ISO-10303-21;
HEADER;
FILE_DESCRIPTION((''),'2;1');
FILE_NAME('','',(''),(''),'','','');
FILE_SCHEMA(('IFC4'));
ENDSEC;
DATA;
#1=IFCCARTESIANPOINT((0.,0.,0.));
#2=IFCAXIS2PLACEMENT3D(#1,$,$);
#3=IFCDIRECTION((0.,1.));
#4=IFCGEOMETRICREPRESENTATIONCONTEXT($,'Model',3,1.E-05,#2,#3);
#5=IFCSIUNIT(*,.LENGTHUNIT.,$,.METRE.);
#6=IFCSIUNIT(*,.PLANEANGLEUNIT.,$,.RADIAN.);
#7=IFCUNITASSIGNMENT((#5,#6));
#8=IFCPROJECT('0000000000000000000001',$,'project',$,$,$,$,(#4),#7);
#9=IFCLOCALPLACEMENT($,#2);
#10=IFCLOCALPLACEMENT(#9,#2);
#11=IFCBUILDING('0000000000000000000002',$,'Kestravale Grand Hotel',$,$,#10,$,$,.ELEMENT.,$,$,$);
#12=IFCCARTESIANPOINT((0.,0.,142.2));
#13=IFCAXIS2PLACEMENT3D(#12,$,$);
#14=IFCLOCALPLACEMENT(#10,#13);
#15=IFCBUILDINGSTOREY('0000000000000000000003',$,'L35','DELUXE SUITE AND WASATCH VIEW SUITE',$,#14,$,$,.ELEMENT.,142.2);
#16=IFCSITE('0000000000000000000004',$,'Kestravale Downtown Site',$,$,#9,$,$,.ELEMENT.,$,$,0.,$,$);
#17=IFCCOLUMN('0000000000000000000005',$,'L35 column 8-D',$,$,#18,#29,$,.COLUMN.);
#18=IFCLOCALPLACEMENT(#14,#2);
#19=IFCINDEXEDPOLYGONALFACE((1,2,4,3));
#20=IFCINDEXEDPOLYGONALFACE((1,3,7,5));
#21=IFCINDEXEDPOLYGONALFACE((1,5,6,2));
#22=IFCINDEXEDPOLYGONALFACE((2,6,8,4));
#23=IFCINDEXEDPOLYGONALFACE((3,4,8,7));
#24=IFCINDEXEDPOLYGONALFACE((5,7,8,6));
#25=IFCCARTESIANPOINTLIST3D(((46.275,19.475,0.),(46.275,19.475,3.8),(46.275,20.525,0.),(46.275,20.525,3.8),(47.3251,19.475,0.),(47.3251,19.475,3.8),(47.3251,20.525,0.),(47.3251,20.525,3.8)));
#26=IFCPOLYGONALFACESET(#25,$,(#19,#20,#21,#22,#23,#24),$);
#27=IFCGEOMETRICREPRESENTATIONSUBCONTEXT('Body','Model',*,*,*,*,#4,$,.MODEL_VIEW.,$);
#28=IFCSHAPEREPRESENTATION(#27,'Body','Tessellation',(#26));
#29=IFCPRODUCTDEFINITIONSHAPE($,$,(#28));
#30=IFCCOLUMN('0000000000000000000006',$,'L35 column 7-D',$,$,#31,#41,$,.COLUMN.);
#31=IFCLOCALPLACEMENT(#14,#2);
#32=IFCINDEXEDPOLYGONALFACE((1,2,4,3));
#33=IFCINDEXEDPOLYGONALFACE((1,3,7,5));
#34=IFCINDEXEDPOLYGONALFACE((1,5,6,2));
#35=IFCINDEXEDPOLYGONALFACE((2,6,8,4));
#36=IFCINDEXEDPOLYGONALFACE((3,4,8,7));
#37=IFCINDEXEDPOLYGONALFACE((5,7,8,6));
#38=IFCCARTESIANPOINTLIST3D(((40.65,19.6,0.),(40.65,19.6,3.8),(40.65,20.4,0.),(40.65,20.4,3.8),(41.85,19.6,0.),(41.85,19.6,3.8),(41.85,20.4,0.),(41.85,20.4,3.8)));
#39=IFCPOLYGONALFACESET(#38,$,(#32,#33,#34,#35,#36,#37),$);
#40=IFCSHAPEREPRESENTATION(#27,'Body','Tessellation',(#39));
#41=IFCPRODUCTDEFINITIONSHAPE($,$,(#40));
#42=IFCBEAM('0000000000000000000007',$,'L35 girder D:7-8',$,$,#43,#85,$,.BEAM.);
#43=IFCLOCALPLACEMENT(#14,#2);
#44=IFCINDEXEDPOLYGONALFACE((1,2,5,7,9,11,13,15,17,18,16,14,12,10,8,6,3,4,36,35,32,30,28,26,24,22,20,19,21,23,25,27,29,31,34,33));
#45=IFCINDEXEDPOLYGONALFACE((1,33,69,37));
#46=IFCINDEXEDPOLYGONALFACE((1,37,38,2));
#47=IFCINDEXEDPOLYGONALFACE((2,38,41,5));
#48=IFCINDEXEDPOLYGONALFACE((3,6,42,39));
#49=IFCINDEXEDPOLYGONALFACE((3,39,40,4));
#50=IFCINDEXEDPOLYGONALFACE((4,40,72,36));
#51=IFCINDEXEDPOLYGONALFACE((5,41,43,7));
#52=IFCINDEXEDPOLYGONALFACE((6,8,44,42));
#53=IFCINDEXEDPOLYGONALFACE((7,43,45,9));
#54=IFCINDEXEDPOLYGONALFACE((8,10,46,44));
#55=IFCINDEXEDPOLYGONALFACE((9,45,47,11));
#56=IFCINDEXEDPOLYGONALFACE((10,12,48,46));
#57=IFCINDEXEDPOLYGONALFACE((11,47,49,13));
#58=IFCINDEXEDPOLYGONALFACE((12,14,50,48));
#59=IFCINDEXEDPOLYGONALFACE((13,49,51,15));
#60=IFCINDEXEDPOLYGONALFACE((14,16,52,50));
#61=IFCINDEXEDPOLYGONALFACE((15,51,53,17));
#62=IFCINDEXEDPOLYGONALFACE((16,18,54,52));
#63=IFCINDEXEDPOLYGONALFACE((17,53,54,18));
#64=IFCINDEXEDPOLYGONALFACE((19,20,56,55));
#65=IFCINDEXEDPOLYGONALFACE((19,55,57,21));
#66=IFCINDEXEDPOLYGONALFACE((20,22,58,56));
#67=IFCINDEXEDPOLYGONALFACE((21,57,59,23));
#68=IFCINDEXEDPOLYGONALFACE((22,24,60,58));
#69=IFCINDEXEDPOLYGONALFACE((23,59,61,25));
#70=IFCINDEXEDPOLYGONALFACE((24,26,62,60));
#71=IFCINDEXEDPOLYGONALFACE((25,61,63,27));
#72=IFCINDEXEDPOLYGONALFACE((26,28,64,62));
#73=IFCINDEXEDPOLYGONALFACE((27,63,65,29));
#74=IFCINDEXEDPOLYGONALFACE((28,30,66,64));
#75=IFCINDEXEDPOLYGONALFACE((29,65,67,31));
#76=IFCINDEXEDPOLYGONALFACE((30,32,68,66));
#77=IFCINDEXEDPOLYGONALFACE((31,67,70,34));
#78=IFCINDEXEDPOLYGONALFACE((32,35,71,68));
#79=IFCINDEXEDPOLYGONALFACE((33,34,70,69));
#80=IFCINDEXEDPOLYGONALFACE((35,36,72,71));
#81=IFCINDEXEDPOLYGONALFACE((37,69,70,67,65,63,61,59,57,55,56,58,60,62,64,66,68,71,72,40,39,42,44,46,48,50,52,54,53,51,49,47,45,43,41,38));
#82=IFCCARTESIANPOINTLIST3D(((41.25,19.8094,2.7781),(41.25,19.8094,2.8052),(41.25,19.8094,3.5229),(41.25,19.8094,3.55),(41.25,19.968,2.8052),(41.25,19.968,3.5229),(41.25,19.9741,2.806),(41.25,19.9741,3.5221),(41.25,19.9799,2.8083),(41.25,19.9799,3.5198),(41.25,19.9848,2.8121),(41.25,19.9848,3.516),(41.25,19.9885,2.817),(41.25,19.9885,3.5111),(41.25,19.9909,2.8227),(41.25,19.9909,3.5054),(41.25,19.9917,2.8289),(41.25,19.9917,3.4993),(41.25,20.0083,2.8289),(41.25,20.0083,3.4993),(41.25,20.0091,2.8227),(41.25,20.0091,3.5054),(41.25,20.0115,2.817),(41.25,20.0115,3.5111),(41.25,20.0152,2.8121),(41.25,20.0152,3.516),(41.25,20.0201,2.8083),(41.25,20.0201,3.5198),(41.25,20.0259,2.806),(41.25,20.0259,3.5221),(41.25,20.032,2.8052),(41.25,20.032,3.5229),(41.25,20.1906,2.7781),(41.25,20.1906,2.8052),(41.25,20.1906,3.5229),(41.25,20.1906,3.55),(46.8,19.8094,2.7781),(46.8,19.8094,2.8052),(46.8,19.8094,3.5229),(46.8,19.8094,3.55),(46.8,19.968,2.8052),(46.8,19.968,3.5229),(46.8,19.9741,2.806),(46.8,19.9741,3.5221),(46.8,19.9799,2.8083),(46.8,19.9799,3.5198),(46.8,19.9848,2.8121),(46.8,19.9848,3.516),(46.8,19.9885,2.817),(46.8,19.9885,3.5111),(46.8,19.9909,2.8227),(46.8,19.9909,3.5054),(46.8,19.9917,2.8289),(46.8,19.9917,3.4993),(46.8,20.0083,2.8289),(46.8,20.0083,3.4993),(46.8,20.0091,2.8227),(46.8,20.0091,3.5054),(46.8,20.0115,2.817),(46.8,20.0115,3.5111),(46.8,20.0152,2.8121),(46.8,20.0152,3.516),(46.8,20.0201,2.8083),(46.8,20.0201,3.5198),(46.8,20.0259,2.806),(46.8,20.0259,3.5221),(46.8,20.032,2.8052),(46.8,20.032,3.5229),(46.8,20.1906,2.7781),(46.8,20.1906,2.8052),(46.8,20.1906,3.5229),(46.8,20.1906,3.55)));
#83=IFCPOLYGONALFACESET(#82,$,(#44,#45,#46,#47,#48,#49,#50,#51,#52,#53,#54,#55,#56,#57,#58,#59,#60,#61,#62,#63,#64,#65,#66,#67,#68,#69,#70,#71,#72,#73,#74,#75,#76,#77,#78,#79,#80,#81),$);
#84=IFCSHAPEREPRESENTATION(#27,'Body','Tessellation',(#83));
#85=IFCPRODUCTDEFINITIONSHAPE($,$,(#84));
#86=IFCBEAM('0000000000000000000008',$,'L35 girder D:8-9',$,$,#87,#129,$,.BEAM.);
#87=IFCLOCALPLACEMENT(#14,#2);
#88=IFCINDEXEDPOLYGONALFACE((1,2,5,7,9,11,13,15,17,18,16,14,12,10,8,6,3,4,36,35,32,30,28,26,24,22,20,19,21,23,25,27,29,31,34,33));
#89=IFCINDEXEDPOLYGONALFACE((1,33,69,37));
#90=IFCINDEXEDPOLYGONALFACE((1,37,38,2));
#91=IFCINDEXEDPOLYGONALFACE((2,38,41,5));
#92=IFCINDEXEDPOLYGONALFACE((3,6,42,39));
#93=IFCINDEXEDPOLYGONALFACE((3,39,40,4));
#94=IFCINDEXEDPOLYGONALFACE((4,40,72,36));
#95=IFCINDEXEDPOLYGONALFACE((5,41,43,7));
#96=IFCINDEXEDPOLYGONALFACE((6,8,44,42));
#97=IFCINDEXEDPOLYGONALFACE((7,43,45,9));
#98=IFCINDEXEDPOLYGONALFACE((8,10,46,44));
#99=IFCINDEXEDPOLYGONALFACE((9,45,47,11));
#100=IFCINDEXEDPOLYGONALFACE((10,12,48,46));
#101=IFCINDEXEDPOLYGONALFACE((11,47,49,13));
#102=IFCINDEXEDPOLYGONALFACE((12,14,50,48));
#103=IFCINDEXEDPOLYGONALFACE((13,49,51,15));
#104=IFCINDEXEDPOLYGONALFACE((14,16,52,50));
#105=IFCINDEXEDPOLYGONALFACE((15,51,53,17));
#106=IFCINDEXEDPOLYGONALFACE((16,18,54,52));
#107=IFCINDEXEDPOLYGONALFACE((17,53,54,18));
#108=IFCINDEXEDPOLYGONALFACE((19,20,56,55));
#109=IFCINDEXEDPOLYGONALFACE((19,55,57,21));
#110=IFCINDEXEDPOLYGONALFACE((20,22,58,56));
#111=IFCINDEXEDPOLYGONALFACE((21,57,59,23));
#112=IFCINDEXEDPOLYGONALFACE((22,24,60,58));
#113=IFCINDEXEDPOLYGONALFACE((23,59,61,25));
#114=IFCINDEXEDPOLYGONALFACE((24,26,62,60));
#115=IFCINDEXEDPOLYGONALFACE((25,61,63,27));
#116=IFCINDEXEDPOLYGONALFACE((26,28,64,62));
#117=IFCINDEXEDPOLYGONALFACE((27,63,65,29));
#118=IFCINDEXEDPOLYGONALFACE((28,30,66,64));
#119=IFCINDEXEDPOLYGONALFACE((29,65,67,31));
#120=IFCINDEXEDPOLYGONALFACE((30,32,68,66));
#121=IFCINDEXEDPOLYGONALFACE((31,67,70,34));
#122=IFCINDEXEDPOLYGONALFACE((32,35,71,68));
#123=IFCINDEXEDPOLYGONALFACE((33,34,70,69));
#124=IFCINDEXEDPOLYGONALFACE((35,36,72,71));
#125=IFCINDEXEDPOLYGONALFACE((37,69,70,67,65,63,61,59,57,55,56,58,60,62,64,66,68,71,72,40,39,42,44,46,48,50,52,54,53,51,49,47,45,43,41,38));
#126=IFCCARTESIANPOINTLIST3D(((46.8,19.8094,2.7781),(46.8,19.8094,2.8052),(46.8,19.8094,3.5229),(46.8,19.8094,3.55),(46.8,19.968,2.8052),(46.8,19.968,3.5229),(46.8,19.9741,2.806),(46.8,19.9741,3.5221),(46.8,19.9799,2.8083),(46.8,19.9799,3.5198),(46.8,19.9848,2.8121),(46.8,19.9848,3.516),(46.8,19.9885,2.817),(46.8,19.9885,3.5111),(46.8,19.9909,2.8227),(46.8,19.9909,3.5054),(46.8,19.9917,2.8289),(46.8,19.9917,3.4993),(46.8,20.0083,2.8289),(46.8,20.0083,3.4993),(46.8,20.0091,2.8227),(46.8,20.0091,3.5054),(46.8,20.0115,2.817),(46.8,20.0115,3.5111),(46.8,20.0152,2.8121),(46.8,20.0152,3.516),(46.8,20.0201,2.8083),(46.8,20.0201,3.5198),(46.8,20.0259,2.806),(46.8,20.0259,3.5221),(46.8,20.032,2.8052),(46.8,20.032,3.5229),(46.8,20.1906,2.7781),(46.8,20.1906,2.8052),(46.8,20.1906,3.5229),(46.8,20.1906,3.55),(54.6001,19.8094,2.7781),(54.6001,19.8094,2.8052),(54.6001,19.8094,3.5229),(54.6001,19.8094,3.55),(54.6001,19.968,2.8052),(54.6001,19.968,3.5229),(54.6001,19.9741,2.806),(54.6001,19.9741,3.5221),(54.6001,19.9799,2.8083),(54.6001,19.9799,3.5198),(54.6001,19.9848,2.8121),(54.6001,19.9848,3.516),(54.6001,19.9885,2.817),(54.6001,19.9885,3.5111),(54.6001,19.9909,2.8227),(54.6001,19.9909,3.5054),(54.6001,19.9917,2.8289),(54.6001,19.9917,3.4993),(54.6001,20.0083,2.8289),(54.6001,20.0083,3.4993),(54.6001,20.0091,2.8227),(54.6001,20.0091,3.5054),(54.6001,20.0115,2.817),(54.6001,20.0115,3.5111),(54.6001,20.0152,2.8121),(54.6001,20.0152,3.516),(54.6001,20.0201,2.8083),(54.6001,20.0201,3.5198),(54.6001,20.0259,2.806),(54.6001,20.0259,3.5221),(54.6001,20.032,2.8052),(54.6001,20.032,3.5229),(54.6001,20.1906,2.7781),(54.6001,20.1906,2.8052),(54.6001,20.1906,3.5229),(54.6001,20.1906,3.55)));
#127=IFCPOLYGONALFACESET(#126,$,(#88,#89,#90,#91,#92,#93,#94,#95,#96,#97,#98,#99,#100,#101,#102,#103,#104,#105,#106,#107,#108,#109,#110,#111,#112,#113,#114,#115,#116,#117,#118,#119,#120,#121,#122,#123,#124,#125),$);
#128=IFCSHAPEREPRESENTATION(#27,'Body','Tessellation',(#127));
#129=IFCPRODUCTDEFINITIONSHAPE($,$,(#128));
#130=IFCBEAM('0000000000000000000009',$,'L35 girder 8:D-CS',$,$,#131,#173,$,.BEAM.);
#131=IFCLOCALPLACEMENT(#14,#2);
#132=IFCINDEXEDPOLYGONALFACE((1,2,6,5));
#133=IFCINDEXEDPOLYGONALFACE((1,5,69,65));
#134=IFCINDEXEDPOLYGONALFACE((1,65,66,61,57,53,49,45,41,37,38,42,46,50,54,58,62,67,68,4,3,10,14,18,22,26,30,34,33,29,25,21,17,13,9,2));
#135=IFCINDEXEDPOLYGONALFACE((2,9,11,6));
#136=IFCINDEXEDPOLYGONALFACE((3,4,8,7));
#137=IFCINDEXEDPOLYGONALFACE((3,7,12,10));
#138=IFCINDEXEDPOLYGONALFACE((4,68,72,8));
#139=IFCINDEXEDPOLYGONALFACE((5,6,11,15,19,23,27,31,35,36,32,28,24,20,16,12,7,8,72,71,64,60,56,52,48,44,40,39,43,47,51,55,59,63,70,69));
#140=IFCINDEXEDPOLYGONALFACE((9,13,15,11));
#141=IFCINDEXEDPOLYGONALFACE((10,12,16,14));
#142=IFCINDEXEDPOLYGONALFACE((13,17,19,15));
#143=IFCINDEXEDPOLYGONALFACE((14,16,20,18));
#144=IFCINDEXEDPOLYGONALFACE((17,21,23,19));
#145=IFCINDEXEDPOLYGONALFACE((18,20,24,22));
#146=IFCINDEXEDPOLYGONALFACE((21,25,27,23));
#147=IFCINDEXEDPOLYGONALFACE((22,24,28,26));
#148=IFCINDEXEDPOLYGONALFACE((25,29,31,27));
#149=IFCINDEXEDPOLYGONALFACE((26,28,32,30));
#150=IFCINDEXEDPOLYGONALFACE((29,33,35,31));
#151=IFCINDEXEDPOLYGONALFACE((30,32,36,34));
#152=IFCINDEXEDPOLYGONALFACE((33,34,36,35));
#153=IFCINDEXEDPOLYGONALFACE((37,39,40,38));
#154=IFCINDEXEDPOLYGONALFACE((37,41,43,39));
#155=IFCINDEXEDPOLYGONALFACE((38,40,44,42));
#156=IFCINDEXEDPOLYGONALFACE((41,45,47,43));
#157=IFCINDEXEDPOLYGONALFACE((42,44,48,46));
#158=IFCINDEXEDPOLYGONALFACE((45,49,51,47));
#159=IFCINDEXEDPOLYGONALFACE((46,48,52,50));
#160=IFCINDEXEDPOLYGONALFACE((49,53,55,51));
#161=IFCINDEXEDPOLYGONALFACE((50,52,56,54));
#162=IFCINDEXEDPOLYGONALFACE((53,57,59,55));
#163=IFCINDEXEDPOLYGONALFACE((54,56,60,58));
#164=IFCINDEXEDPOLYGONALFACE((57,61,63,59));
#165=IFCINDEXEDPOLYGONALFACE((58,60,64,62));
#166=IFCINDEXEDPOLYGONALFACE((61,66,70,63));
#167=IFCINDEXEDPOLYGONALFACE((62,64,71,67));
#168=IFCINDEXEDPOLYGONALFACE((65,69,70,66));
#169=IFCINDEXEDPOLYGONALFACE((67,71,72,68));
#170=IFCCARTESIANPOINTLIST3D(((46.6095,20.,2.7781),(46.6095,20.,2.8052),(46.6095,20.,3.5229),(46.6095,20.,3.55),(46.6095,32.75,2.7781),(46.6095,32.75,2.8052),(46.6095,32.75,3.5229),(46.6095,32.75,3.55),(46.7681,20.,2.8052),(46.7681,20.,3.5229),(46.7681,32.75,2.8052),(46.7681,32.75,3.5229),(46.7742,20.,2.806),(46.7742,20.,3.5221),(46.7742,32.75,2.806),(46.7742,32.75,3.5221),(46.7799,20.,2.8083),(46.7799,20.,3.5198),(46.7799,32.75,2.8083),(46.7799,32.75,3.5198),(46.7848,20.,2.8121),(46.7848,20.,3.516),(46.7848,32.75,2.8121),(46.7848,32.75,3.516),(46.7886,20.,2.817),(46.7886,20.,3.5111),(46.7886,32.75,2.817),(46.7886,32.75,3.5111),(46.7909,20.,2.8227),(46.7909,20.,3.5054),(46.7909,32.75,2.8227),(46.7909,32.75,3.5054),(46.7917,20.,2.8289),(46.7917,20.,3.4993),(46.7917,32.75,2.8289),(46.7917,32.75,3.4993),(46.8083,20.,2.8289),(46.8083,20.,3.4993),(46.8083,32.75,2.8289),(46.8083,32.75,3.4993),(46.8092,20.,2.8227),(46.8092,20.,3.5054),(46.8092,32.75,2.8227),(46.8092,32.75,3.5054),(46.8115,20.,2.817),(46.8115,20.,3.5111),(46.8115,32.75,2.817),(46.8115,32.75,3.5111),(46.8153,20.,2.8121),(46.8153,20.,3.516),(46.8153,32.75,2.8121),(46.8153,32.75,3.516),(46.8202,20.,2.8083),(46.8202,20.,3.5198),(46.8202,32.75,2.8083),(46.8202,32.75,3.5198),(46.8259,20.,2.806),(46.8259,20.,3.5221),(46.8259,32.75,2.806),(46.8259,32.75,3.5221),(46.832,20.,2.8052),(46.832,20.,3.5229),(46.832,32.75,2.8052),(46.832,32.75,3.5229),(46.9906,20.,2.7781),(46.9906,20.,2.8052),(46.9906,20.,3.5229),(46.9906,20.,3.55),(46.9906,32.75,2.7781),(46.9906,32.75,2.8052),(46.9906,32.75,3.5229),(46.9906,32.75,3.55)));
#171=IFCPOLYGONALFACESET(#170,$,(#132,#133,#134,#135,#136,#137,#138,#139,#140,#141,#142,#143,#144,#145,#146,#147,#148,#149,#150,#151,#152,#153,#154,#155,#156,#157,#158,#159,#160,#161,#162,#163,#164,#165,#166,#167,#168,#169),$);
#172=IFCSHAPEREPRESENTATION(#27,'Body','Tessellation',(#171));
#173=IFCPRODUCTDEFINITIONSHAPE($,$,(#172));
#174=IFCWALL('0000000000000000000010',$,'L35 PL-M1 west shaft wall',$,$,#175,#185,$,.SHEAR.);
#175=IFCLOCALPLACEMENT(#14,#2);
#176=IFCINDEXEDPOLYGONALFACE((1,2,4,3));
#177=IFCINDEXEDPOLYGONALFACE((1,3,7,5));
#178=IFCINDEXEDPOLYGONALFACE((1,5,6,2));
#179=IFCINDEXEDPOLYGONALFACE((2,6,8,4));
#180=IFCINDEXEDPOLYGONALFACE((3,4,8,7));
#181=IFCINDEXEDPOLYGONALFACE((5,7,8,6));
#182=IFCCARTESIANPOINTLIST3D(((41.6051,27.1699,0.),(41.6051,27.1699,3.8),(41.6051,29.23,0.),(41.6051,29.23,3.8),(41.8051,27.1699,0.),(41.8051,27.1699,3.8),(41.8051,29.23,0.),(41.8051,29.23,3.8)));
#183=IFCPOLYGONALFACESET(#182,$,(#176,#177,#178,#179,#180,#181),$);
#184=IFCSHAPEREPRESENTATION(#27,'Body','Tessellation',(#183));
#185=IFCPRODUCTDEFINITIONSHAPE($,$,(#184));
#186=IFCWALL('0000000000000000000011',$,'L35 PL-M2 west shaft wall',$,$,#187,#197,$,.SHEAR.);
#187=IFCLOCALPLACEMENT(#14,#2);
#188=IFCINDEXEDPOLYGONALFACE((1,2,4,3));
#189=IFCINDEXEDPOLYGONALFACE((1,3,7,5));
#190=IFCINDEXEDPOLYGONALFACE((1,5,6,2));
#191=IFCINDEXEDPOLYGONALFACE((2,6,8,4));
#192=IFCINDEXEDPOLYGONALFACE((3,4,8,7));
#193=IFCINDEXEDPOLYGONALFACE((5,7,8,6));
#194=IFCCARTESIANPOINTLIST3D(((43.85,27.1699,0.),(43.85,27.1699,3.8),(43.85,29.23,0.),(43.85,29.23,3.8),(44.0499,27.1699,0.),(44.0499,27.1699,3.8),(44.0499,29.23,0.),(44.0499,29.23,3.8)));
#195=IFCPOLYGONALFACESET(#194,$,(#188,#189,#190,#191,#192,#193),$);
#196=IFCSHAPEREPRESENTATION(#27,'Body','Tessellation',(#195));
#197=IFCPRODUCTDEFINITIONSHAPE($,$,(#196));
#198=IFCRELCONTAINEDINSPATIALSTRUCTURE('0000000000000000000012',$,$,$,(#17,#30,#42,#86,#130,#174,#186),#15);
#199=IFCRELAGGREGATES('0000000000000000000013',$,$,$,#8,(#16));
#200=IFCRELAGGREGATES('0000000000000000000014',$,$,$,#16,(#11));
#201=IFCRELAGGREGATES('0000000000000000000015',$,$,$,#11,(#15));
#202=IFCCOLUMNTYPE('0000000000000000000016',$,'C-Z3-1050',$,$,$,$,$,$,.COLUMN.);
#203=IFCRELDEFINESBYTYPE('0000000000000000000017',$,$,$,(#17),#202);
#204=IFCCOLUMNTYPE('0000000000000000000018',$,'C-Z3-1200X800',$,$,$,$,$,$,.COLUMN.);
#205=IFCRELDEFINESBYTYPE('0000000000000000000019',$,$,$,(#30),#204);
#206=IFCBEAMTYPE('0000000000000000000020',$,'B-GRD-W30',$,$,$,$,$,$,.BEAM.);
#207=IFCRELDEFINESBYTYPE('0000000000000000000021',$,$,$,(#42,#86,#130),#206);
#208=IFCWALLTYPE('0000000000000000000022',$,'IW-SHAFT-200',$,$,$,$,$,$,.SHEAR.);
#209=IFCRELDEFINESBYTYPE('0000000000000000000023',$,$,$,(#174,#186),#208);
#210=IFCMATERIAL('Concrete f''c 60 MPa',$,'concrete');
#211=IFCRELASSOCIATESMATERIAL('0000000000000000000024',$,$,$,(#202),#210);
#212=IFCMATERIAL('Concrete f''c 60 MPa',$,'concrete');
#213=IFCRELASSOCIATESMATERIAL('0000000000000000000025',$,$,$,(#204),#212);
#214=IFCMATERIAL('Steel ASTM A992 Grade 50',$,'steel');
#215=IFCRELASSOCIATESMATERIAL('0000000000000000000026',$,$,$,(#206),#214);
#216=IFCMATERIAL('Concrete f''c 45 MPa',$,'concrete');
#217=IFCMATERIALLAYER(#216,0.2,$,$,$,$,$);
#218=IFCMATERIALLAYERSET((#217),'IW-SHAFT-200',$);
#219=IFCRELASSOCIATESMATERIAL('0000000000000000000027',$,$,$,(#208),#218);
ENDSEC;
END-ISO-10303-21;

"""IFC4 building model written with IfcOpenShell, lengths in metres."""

from ifc_helpers import new_model, si_unit, direction, frame, frame_2d, origin, origin_2d, place, context, subcontext, project, spatial, rectangle, i_section, extrude, material, layer, layer_set, material_profile, profile_set, type_object, element, save


model = new_model("IFC4")

# Units and contexts
model_context = context("Model", 3, precision=1e-05, world=origin(), true_north=direction((0.0, 1.0)))
body_context = subcontext(model_context, "Body", "Model", "MODEL_VIEW")
ifc_project = project(units=[si_unit("LENGTHUNIT", "METRE"), si_unit("PLANEANGLEUNIT", "RADIAN")], contexts=[model_context])

# Site, building, storey
site_placement = place(None, origin())
site = spatial("IfcSite", under=ifc_project, at=site_placement, Name="Kestravale Downtown Site", CompositionType="ELEMENT", RefElevation=0.0)
building_placement = place(site_placement, origin())
building = spatial("IfcBuilding", under=site, at=building_placement, Name="Kestravale Grand Hotel", CompositionType="ELEMENT")
storey_placement = place(building_placement, frame((0.0, 0.0, 142.2)))
storey = spatial("IfcBuildingStorey", under=building, at=storey_placement, Name="L35", Description="DELUXE SUITE AND WASATCH VIEW SUITE", CompositionType="ELEMENT", Elevation=142.2)

# Columns
ifc_material_1 = material(Name="Concrete f'c 60 MPa", Category="concrete")
ifc_material_profile_1 = material_profile(ifc_material_1, rectangle(XDim=1.05, YDim=1.05, at=origin_2d()))
ifc_profile_set_1 = profile_set([ifc_material_profile_1], Name="Concrete f'c 60 MPa")
column_type_1 = type_object("IfcColumnType", Name="C-Z3-1050", PredefinedType="COLUMN", material=ifc_profile_set_1)
column_1_placement = place(storey_placement, frame((46.8, 20.0, 0.0), z_axis=(0.0, 0.0, 1.0), x_axis=(1.0, 0.0, 0.0)))
element("IfcColumn", 1, at=column_1_placement, inside=storey, type_object=column_type_1, Name="L35 column 8-D", PredefinedType="COLUMN", context=body_context, shape_type="SweptSolid", body=[
    extrude(rectangle(XDim=1.05, YDim=1.05, at=origin_2d()), origin(), (0.0, 0.0, 1.0), 3.8),
])
ifc_material_2 = material(Name="Concrete f'c 60 MPa", Category="concrete")
ifc_material_profile_2 = material_profile(ifc_material_2, rectangle(XDim=1.2, YDim=0.8, at=origin_2d()))
ifc_profile_set_2 = profile_set([ifc_material_profile_2], Name="Concrete f'c 60 MPa")
column_type_2 = type_object("IfcColumnType", Name="C-Z3-1200X800", PredefinedType="COLUMN", material=ifc_profile_set_2)
column_2_placement = place(storey_placement, frame((41.25, 20.0, 0.0), z_axis=(0.0, 0.0, 1.0), x_axis=(1.0, 0.0, 0.0)))
element("IfcColumn", 2, at=column_2_placement, inside=storey, type_object=column_type_2, Name="L35 column 7-D", PredefinedType="COLUMN", context=body_context, shape_type="SweptSolid", body=[
    extrude(rectangle(XDim=1.2, YDim=0.8, at=origin_2d()), origin(), (0.0, 0.0, 1.0), 3.8),
])

# Beams
ifc_material_3 = material(Name="Steel ASTM A992 Grade 50", Category="steel")
ifc_material_profile_3 = material_profile(ifc_material_3, i_section(OverallWidth=0.3811, OverallDepth=0.772, WebThickness=0.0166, FlangeThickness=0.0271, FilletRadius=0.0237, at=origin_2d()))
ifc_profile_set_3 = profile_set([ifc_material_profile_3], Name="Steel ASTM A992 Grade 50")
beam_type = type_object("IfcBeamType", Name="B-GRD-W30", PredefinedType="BEAM", material=ifc_profile_set_3)
beam_1_placement = place(storey_placement, frame((41.25, 20.0, 3.1641), z_axis=(1.0, 0.0, 0.0), x_axis=(0.0, 1.0, 0.0)))
element("IfcBeam", 3, at=beam_1_placement, inside=storey, type_object=beam_type, Name="L35 girder D:7-8", PredefinedType="BEAM", context=body_context, shape_type="SweptSolid", body=[
    extrude(i_section(OverallWidth=0.3811, OverallDepth=0.772, WebThickness=0.0166, FlangeThickness=0.0271, FilletRadius=0.0237, at=origin_2d()), origin(), (0.0, 0.0, 1.0), 5.55),
])
beam_2_placement = place(storey_placement, frame((46.8, 20.0, 3.1641), z_axis=(1.0, 0.0, 0.0), x_axis=(0.0, 1.0, 0.0)))
element("IfcBeam", 4, at=beam_2_placement, inside=storey, type_object=beam_type, Name="L35 girder D:8-9", PredefinedType="BEAM", context=body_context, shape_type="SweptSolid", body=[
    extrude(i_section(OverallWidth=0.3811, OverallDepth=0.772, WebThickness=0.0166, FlangeThickness=0.0271, FilletRadius=0.0237, at=origin_2d()), origin(), (0.0, 0.0, 1.0), 7.8),
])
beam_3_placement = place(storey_placement, frame((46.8, 20.0, 3.1641), z_axis=(0.0, 1.0, 0.0), x_axis=(-1.0, 0.0, 0.0)))
element("IfcBeam", 5, at=beam_3_placement, inside=storey, type_object=beam_type, Name="L35 girder 8:D-CS", PredefinedType="BEAM", context=body_context, shape_type="SweptSolid", body=[
    extrude(i_section(OverallWidth=0.3811, OverallDepth=0.772, WebThickness=0.0166, FlangeThickness=0.0271, FilletRadius=0.0237, at=origin_2d()), origin(), (0.0, 0.0, 1.0), 12.75),
])

# Walls
ifc_material_4 = material(Name="Concrete f'c 45 MPa", Category="concrete")
ifc_layer_1 = layer(ifc_material_4, 0.2)
ifc_layer_set_1 = layer_set([ifc_layer_1], Name="IW-SHAFT-200")
wall_type_1 = type_object("IfcWallType", Name="IW-SHAFT-200", PredefinedType="SHEAR", material=ifc_layer_set_1)
for number, where, z_axis, x_axis, name in (
    (6, (41.7051, 27.1699, 0.0), (0.0, 0.0, 1.0), (0.0, 1.0, 0.0), "L35 PL-M1 west shaft wall"),
    (7, (43.95, 27.1699, 0.0), (0.0, 0.0, 1.0), (0.0, 1.0, 0.0), "L35 PL-M2 west shaft wall"),
):
    element("IfcWall", number, at=place(storey_placement, frame(where, z_axis=z_axis, x_axis=x_axis)), inside=storey, type_object=wall_type_1, Name=name, PredefinedType="SHEAR", context=body_context, shape_type="SweptSolid", body=[
        extrude(rectangle(XDim=2.0601, YDim=0.2, at=frame_2d((1.03, 0.0))), origin(), (0.0, 0.0, 1.0), 3.8),
    ])

save(model, "model.ifc")
